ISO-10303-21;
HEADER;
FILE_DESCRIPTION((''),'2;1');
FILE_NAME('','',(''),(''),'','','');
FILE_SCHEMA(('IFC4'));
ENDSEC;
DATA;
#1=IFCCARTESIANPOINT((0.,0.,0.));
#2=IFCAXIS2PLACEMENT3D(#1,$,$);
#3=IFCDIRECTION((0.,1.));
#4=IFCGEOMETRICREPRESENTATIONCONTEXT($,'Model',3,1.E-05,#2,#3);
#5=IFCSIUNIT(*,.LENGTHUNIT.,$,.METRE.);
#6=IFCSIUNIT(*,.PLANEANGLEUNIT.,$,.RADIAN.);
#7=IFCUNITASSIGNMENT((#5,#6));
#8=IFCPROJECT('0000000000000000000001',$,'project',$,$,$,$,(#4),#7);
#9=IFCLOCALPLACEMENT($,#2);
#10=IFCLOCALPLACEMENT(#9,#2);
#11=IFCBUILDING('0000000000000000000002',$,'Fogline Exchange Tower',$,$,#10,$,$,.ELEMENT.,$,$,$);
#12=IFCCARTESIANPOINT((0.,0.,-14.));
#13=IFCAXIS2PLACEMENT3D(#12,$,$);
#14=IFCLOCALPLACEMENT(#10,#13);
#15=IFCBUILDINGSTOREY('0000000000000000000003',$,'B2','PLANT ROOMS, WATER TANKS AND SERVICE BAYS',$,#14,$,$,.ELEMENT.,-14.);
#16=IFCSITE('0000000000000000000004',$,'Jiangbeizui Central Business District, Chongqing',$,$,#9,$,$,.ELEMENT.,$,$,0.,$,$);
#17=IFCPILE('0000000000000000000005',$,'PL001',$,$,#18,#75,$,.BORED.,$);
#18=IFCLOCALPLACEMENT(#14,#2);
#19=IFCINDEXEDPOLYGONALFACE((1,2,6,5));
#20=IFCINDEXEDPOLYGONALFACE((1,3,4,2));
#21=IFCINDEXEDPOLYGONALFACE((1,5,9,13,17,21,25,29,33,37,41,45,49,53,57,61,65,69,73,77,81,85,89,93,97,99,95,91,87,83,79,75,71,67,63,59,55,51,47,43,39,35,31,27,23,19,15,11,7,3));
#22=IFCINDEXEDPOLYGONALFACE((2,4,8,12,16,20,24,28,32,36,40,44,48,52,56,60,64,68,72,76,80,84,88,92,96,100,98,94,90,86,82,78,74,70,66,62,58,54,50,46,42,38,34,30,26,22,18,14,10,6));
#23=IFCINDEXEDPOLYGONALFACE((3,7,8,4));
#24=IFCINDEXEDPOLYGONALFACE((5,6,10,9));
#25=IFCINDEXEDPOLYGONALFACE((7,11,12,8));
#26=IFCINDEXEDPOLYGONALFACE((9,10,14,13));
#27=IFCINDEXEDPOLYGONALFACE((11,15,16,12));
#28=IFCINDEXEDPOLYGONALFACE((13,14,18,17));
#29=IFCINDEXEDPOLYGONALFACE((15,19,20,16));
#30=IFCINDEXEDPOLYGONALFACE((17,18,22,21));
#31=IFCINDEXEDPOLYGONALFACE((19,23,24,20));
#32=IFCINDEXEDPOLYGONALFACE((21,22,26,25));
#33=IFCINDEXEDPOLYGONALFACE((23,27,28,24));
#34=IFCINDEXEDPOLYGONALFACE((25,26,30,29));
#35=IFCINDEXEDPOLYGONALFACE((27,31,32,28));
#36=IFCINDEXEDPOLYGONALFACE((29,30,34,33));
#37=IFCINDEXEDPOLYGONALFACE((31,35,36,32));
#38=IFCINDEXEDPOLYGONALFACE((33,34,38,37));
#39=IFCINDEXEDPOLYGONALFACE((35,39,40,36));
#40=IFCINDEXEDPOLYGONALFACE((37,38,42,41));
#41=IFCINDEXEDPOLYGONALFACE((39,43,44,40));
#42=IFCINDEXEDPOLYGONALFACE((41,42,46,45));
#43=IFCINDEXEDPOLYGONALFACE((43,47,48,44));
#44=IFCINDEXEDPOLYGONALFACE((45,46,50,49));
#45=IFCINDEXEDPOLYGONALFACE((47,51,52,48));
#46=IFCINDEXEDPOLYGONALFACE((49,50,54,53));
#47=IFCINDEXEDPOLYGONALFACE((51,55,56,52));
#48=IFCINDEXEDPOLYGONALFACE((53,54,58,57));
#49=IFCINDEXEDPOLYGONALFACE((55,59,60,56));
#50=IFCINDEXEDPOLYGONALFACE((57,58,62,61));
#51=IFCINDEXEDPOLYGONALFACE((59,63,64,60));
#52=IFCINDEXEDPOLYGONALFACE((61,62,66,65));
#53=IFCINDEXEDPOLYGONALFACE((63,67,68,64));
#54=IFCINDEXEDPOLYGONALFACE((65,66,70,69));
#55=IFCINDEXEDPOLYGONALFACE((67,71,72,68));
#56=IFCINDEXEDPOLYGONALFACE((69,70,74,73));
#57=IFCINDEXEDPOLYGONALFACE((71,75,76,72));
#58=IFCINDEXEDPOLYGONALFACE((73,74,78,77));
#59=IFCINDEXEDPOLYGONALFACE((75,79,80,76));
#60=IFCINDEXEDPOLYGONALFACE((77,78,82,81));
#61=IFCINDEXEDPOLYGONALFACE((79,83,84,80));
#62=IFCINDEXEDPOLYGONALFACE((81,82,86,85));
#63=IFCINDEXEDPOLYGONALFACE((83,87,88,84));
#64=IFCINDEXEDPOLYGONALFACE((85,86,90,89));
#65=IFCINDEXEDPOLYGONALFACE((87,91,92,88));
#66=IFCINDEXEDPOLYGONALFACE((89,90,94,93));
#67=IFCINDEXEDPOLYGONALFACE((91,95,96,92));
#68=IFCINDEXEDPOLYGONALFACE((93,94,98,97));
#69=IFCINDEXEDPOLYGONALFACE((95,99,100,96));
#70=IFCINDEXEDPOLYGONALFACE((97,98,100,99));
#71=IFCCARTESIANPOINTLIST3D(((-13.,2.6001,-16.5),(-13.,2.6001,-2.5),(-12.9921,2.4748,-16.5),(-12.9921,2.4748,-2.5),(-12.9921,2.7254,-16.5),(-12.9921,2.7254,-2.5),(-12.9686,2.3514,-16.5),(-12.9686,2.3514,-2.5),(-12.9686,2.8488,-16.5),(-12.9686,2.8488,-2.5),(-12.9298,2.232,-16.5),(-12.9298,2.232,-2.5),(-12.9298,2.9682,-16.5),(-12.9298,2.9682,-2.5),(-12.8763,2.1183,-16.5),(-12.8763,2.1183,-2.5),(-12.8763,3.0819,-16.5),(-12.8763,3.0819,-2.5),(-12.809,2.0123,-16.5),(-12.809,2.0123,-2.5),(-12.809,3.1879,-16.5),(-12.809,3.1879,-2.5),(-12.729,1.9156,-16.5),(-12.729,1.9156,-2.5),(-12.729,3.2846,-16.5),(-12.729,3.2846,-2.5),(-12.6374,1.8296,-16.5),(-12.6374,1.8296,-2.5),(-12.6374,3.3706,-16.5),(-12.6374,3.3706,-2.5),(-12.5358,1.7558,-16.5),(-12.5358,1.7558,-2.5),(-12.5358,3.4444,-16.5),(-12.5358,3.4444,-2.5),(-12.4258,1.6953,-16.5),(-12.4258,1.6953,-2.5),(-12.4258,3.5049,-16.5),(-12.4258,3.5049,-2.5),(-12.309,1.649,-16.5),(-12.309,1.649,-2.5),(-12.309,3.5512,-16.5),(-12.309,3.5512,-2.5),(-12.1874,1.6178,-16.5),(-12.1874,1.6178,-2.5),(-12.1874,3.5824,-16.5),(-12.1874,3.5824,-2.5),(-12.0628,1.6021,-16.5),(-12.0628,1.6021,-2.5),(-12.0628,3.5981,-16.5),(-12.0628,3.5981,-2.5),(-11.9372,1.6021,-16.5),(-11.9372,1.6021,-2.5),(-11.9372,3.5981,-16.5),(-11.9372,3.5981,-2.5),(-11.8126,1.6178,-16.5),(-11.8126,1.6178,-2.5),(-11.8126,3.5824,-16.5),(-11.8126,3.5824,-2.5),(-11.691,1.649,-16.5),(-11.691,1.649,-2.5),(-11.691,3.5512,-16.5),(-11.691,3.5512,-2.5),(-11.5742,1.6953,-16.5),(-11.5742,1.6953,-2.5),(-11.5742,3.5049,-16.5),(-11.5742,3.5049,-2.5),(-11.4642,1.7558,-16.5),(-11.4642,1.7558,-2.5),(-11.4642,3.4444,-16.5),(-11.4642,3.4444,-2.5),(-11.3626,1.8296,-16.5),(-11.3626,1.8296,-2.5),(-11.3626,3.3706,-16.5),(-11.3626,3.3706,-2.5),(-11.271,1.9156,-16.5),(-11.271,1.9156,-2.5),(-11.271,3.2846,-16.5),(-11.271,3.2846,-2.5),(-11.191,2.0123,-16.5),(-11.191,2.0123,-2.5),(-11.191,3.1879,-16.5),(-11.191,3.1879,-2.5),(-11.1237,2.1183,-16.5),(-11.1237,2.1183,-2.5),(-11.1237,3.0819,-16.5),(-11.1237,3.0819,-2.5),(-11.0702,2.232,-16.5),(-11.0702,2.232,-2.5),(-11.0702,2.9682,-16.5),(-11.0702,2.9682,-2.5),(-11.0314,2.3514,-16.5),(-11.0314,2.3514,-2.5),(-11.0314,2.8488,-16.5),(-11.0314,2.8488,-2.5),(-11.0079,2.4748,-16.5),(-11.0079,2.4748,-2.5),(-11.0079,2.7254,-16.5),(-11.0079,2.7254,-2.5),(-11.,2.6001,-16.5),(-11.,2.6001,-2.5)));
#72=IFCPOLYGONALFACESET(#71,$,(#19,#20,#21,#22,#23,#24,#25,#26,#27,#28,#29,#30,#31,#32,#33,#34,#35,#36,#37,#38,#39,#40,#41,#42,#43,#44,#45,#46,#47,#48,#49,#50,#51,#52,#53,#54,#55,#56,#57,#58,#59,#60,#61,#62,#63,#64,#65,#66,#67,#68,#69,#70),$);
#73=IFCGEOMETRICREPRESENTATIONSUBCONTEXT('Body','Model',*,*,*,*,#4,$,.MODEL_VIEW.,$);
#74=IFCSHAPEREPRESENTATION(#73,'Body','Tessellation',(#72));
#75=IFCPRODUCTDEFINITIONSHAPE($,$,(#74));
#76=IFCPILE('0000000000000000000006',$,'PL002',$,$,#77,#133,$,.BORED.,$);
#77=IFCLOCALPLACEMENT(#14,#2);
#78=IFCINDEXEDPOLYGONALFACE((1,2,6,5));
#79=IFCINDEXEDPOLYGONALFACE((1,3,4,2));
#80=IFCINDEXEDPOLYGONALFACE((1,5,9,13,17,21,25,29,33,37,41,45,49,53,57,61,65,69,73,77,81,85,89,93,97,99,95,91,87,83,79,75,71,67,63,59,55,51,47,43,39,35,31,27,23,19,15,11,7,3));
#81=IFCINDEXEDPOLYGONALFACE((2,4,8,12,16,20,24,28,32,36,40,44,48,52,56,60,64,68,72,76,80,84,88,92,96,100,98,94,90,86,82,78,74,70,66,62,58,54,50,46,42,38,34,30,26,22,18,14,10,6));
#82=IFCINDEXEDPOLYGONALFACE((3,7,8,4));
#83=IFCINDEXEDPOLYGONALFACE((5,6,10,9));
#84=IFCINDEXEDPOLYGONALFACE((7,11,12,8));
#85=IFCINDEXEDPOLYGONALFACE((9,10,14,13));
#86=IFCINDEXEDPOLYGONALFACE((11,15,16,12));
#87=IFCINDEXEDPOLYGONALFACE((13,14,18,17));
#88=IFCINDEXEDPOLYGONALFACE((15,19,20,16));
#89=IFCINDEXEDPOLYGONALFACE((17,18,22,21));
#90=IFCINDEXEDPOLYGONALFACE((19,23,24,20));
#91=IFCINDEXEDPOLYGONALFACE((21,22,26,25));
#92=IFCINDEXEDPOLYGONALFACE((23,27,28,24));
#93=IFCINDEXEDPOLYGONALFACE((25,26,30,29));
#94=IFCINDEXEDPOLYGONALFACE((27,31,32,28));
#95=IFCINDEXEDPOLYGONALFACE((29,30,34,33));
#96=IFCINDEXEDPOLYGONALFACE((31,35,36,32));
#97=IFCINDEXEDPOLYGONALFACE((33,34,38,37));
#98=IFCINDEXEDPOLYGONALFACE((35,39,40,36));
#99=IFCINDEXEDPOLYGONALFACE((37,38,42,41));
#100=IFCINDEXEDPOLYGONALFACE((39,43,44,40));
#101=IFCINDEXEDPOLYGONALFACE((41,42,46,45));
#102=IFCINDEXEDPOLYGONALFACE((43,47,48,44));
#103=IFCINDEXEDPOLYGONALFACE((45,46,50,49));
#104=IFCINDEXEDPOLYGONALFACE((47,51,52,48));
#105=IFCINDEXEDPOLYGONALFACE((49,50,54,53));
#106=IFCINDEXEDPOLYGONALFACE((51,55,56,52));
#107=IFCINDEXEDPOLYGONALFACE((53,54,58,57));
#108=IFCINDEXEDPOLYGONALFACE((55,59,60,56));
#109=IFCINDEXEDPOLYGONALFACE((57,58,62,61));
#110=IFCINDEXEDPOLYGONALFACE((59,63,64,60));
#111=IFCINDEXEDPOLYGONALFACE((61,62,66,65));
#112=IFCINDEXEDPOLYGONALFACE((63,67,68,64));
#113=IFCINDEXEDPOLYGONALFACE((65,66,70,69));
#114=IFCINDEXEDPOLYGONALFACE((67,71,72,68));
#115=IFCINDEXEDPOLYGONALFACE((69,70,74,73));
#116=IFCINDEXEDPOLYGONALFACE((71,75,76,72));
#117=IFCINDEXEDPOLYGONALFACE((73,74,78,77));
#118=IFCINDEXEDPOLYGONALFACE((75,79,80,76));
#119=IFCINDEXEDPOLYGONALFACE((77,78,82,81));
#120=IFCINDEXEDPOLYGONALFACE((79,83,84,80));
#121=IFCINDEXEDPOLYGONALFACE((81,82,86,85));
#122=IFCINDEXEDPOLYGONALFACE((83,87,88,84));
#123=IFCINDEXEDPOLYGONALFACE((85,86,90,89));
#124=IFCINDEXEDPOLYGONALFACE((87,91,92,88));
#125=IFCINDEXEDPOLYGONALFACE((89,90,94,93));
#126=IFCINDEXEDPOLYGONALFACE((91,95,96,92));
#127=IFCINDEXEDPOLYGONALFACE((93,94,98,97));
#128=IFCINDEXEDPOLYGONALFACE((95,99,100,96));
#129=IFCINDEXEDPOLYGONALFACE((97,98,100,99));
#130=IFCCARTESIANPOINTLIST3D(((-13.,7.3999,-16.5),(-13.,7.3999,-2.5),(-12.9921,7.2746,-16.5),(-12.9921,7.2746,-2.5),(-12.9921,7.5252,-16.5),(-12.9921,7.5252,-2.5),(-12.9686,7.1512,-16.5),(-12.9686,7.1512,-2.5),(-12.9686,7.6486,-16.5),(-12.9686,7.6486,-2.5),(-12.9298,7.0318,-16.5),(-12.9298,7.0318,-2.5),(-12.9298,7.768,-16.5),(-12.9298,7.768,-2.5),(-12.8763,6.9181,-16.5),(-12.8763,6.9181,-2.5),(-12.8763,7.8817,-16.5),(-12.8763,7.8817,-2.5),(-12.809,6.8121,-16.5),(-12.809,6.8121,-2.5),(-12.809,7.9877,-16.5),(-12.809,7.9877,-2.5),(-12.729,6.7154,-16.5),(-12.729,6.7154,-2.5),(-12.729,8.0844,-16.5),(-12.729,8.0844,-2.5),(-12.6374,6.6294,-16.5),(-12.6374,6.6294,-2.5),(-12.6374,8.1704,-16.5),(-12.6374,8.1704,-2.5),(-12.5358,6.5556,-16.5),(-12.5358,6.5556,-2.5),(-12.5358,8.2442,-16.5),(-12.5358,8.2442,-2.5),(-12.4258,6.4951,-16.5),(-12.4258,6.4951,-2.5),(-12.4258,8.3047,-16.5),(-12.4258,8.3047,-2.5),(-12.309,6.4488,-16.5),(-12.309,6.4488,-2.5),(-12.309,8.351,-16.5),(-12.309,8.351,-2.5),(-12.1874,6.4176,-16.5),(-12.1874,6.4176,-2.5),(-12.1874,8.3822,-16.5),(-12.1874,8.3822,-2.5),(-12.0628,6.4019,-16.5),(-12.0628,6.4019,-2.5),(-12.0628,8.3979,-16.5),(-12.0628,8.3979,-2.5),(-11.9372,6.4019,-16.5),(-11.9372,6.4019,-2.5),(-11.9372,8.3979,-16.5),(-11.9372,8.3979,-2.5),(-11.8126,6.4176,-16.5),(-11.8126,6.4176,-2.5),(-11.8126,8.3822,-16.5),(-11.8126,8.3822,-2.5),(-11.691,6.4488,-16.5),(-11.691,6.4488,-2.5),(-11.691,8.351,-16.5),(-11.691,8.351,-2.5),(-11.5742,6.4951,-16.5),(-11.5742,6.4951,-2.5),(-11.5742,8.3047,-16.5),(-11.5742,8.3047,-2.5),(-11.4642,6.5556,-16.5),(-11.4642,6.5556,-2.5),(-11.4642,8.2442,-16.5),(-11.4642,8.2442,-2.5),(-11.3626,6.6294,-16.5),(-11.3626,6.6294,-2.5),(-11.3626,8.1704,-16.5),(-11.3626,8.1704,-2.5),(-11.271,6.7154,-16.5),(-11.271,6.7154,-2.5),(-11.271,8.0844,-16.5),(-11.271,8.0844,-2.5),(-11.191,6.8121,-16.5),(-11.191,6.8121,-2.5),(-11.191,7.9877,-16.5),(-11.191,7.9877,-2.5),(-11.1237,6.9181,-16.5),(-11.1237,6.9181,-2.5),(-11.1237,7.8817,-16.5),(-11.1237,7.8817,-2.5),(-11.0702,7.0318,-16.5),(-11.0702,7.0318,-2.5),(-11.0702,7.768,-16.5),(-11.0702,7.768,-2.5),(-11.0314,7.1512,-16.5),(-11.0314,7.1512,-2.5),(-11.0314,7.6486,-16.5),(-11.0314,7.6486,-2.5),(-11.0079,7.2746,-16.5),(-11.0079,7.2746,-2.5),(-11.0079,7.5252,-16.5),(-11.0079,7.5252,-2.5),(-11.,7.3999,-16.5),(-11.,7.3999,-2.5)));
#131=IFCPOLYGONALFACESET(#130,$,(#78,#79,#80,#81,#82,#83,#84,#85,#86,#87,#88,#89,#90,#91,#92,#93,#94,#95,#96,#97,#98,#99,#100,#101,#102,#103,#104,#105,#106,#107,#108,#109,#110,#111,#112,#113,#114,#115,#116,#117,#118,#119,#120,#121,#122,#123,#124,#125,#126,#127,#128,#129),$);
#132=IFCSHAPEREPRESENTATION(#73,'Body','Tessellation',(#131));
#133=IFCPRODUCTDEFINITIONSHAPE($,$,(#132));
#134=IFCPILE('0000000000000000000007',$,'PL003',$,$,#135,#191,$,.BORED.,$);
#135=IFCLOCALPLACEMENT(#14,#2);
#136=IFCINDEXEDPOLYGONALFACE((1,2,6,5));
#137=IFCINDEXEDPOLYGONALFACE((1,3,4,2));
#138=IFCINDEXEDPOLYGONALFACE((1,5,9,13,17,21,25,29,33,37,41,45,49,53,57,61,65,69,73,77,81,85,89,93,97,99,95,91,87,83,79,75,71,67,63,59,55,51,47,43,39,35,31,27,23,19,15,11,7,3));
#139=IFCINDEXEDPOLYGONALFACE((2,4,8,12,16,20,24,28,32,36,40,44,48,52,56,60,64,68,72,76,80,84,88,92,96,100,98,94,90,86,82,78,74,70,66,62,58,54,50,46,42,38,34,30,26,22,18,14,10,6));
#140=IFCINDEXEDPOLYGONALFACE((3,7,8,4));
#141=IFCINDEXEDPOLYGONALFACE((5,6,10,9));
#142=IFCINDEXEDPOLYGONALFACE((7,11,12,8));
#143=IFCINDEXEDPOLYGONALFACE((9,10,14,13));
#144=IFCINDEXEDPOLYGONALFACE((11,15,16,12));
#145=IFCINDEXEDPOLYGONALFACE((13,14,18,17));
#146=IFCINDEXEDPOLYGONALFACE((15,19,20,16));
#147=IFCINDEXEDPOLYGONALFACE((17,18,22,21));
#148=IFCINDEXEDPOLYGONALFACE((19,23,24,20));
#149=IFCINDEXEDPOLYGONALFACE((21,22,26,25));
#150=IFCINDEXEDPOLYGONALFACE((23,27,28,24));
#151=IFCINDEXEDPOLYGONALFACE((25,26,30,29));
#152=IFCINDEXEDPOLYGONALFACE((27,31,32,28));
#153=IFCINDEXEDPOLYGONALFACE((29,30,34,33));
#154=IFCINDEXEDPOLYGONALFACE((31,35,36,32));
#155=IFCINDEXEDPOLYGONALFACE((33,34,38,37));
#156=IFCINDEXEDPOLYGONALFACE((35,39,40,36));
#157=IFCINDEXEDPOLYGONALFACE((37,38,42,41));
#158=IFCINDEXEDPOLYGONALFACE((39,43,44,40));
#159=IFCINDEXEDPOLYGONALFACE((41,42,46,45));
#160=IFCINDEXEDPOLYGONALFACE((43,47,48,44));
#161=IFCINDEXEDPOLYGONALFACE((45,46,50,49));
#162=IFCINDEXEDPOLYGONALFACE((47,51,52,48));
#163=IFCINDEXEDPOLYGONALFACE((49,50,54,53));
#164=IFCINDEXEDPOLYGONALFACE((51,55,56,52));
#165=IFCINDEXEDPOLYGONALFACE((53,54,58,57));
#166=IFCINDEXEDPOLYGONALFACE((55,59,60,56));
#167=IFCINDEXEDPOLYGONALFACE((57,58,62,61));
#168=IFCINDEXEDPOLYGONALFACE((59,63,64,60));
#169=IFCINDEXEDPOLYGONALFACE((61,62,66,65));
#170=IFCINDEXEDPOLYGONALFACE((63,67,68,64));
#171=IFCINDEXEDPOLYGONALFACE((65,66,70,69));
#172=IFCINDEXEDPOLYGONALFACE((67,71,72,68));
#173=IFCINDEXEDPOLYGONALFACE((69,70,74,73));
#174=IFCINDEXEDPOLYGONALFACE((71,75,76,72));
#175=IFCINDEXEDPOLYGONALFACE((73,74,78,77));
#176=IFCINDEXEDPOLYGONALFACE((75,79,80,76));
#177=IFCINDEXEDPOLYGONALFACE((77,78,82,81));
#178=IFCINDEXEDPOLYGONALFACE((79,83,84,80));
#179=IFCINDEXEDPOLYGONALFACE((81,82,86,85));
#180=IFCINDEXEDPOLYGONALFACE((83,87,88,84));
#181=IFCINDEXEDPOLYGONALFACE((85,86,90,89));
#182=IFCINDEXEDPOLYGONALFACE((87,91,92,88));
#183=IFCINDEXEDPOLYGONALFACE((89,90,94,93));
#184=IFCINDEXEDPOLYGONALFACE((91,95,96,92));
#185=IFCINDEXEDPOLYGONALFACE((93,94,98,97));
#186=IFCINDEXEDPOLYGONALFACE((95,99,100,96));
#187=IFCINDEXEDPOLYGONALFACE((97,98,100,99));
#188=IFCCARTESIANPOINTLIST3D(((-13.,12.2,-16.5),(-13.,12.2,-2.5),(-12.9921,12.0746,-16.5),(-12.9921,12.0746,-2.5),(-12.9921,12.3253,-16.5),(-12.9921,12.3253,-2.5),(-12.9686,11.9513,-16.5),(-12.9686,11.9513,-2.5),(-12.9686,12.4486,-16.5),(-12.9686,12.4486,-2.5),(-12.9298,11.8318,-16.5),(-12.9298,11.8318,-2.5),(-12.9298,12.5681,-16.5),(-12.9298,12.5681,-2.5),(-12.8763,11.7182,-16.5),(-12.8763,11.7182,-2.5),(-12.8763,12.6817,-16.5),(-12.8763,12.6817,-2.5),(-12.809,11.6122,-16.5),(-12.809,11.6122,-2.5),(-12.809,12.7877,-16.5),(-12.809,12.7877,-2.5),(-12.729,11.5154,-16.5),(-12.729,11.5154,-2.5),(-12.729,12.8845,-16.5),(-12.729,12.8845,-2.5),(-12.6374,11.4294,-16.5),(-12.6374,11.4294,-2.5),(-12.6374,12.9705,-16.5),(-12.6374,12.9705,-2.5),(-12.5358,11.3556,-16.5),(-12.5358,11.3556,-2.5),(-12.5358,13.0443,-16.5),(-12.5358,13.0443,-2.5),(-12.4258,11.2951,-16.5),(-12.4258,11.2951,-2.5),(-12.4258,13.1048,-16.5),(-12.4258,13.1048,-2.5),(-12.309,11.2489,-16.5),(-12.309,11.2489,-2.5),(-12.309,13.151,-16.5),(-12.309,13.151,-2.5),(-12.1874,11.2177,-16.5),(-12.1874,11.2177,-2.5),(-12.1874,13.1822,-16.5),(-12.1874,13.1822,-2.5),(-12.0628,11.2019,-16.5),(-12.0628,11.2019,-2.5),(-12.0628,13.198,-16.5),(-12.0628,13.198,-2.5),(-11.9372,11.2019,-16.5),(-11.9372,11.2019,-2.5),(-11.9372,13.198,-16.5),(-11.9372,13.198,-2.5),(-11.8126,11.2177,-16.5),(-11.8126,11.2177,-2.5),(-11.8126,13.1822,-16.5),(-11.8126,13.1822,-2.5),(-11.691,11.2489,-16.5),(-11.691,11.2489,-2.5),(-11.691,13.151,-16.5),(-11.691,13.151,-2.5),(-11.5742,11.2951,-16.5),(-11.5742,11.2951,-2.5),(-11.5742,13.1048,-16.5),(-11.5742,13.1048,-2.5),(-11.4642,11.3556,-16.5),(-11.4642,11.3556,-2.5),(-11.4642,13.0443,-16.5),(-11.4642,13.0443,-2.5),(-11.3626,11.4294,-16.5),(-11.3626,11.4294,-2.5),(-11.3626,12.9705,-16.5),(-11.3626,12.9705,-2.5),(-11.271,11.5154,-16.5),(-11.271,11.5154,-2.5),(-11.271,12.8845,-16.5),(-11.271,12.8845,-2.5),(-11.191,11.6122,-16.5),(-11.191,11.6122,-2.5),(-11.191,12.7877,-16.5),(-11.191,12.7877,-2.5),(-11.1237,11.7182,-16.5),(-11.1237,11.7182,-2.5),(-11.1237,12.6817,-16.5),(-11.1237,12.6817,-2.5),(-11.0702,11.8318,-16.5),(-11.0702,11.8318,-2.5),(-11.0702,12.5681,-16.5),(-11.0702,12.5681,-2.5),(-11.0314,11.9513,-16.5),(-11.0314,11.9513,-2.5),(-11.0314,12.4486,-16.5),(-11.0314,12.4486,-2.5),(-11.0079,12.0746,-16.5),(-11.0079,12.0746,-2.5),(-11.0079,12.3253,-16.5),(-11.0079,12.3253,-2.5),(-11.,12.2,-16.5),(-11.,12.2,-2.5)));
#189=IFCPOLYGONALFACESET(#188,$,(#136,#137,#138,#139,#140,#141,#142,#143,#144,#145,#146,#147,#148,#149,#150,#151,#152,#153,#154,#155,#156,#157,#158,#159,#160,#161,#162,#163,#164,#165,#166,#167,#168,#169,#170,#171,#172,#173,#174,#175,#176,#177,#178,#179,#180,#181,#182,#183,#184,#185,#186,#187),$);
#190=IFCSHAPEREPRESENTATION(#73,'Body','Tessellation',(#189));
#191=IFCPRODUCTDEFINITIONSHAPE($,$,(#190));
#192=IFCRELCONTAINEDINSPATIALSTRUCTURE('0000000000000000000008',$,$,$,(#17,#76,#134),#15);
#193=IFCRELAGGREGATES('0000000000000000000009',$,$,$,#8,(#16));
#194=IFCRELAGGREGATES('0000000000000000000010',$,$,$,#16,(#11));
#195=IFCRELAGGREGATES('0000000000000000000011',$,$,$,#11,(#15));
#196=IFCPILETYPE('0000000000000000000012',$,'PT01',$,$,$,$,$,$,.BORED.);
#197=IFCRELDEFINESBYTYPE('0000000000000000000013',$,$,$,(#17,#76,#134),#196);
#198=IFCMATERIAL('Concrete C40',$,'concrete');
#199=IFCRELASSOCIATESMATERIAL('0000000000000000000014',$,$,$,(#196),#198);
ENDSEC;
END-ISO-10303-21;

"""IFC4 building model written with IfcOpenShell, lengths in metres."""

from ifc_helpers import new_model, si_unit, direction, frame, origin, origin_2d, place, context, subcontext, project, spatial, circle, extrude, material, material_profile, profile_set, type_object, element, save


model = new_model("IFC4")

# Units and contexts
model_context = context("Model", 3, precision=1e-05, world=origin(), true_north=direction((0.0, 1.0)))
body_context = subcontext(model_context, "Body", "Model", "MODEL_VIEW")
ifc_project = project(units=[si_unit("LENGTHUNIT", "METRE"), si_unit("PLANEANGLEUNIT", "RADIAN")], contexts=[model_context])

# Site, building, storey
site_placement = place(None, origin())
site = spatial("IfcSite", under=ifc_project, at=site_placement, Name="Jiangbeizui Central Business District, Chongqing", CompositionType="ELEMENT", RefElevation=0.0)
building_placement = place(site_placement, origin())
building = spatial("IfcBuilding", under=site, at=building_placement, Name="Fogline Exchange Tower", CompositionType="ELEMENT")
storey_placement = place(building_placement, frame((0.0, 0.0, -14.0)))
storey = spatial("IfcBuildingStorey", under=building, at=storey_placement, Name="B2", Description="PLANT ROOMS, WATER TANKS AND SERVICE BAYS", CompositionType="ELEMENT", Elevation=-14.0)

# Piles
ifc_material_1 = material(Name="Concrete C40", Category="concrete")
ifc_material_profile = material_profile(ifc_material_1, circle(Radius=1.0, at=origin_2d()), Name="RC D2000")
ifc_profile_set = profile_set([ifc_material_profile], Name="Concrete C40")
pile_type = type_object("IfcPileType", Name="PT01", PredefinedType="BORED", material=ifc_profile_set)
for number, where, z_axis, x_axis, name in (
    (1, (-12.0, 2.6001, -2.5), (0.0, 0.0, -1.0), (1.0, 0.0, 0.0), "PL001"),
    (2, (-12.0, 7.3999, -2.5), (0.0, 0.0, -1.0), (1.0, 0.0, 0.0), "PL002"),
    (3, (-12.0, 12.2, -2.5), (0.0, 0.0, -1.0), (1.0, 0.0, 0.0), "PL003"),
):
    element("IfcPile", number, at=place(storey_placement, frame(where, z_axis=z_axis, x_axis=x_axis)), inside=storey, type_object=pile_type, Name=name, PredefinedType="BORED", context=body_context, shape_type="SweptSolid", body=[
        extrude(circle(Radius=1.0, at=origin_2d()), origin(), (0.0, 0.0, 1.0), 14.0),
    ])

save(model, "model.ifc")
